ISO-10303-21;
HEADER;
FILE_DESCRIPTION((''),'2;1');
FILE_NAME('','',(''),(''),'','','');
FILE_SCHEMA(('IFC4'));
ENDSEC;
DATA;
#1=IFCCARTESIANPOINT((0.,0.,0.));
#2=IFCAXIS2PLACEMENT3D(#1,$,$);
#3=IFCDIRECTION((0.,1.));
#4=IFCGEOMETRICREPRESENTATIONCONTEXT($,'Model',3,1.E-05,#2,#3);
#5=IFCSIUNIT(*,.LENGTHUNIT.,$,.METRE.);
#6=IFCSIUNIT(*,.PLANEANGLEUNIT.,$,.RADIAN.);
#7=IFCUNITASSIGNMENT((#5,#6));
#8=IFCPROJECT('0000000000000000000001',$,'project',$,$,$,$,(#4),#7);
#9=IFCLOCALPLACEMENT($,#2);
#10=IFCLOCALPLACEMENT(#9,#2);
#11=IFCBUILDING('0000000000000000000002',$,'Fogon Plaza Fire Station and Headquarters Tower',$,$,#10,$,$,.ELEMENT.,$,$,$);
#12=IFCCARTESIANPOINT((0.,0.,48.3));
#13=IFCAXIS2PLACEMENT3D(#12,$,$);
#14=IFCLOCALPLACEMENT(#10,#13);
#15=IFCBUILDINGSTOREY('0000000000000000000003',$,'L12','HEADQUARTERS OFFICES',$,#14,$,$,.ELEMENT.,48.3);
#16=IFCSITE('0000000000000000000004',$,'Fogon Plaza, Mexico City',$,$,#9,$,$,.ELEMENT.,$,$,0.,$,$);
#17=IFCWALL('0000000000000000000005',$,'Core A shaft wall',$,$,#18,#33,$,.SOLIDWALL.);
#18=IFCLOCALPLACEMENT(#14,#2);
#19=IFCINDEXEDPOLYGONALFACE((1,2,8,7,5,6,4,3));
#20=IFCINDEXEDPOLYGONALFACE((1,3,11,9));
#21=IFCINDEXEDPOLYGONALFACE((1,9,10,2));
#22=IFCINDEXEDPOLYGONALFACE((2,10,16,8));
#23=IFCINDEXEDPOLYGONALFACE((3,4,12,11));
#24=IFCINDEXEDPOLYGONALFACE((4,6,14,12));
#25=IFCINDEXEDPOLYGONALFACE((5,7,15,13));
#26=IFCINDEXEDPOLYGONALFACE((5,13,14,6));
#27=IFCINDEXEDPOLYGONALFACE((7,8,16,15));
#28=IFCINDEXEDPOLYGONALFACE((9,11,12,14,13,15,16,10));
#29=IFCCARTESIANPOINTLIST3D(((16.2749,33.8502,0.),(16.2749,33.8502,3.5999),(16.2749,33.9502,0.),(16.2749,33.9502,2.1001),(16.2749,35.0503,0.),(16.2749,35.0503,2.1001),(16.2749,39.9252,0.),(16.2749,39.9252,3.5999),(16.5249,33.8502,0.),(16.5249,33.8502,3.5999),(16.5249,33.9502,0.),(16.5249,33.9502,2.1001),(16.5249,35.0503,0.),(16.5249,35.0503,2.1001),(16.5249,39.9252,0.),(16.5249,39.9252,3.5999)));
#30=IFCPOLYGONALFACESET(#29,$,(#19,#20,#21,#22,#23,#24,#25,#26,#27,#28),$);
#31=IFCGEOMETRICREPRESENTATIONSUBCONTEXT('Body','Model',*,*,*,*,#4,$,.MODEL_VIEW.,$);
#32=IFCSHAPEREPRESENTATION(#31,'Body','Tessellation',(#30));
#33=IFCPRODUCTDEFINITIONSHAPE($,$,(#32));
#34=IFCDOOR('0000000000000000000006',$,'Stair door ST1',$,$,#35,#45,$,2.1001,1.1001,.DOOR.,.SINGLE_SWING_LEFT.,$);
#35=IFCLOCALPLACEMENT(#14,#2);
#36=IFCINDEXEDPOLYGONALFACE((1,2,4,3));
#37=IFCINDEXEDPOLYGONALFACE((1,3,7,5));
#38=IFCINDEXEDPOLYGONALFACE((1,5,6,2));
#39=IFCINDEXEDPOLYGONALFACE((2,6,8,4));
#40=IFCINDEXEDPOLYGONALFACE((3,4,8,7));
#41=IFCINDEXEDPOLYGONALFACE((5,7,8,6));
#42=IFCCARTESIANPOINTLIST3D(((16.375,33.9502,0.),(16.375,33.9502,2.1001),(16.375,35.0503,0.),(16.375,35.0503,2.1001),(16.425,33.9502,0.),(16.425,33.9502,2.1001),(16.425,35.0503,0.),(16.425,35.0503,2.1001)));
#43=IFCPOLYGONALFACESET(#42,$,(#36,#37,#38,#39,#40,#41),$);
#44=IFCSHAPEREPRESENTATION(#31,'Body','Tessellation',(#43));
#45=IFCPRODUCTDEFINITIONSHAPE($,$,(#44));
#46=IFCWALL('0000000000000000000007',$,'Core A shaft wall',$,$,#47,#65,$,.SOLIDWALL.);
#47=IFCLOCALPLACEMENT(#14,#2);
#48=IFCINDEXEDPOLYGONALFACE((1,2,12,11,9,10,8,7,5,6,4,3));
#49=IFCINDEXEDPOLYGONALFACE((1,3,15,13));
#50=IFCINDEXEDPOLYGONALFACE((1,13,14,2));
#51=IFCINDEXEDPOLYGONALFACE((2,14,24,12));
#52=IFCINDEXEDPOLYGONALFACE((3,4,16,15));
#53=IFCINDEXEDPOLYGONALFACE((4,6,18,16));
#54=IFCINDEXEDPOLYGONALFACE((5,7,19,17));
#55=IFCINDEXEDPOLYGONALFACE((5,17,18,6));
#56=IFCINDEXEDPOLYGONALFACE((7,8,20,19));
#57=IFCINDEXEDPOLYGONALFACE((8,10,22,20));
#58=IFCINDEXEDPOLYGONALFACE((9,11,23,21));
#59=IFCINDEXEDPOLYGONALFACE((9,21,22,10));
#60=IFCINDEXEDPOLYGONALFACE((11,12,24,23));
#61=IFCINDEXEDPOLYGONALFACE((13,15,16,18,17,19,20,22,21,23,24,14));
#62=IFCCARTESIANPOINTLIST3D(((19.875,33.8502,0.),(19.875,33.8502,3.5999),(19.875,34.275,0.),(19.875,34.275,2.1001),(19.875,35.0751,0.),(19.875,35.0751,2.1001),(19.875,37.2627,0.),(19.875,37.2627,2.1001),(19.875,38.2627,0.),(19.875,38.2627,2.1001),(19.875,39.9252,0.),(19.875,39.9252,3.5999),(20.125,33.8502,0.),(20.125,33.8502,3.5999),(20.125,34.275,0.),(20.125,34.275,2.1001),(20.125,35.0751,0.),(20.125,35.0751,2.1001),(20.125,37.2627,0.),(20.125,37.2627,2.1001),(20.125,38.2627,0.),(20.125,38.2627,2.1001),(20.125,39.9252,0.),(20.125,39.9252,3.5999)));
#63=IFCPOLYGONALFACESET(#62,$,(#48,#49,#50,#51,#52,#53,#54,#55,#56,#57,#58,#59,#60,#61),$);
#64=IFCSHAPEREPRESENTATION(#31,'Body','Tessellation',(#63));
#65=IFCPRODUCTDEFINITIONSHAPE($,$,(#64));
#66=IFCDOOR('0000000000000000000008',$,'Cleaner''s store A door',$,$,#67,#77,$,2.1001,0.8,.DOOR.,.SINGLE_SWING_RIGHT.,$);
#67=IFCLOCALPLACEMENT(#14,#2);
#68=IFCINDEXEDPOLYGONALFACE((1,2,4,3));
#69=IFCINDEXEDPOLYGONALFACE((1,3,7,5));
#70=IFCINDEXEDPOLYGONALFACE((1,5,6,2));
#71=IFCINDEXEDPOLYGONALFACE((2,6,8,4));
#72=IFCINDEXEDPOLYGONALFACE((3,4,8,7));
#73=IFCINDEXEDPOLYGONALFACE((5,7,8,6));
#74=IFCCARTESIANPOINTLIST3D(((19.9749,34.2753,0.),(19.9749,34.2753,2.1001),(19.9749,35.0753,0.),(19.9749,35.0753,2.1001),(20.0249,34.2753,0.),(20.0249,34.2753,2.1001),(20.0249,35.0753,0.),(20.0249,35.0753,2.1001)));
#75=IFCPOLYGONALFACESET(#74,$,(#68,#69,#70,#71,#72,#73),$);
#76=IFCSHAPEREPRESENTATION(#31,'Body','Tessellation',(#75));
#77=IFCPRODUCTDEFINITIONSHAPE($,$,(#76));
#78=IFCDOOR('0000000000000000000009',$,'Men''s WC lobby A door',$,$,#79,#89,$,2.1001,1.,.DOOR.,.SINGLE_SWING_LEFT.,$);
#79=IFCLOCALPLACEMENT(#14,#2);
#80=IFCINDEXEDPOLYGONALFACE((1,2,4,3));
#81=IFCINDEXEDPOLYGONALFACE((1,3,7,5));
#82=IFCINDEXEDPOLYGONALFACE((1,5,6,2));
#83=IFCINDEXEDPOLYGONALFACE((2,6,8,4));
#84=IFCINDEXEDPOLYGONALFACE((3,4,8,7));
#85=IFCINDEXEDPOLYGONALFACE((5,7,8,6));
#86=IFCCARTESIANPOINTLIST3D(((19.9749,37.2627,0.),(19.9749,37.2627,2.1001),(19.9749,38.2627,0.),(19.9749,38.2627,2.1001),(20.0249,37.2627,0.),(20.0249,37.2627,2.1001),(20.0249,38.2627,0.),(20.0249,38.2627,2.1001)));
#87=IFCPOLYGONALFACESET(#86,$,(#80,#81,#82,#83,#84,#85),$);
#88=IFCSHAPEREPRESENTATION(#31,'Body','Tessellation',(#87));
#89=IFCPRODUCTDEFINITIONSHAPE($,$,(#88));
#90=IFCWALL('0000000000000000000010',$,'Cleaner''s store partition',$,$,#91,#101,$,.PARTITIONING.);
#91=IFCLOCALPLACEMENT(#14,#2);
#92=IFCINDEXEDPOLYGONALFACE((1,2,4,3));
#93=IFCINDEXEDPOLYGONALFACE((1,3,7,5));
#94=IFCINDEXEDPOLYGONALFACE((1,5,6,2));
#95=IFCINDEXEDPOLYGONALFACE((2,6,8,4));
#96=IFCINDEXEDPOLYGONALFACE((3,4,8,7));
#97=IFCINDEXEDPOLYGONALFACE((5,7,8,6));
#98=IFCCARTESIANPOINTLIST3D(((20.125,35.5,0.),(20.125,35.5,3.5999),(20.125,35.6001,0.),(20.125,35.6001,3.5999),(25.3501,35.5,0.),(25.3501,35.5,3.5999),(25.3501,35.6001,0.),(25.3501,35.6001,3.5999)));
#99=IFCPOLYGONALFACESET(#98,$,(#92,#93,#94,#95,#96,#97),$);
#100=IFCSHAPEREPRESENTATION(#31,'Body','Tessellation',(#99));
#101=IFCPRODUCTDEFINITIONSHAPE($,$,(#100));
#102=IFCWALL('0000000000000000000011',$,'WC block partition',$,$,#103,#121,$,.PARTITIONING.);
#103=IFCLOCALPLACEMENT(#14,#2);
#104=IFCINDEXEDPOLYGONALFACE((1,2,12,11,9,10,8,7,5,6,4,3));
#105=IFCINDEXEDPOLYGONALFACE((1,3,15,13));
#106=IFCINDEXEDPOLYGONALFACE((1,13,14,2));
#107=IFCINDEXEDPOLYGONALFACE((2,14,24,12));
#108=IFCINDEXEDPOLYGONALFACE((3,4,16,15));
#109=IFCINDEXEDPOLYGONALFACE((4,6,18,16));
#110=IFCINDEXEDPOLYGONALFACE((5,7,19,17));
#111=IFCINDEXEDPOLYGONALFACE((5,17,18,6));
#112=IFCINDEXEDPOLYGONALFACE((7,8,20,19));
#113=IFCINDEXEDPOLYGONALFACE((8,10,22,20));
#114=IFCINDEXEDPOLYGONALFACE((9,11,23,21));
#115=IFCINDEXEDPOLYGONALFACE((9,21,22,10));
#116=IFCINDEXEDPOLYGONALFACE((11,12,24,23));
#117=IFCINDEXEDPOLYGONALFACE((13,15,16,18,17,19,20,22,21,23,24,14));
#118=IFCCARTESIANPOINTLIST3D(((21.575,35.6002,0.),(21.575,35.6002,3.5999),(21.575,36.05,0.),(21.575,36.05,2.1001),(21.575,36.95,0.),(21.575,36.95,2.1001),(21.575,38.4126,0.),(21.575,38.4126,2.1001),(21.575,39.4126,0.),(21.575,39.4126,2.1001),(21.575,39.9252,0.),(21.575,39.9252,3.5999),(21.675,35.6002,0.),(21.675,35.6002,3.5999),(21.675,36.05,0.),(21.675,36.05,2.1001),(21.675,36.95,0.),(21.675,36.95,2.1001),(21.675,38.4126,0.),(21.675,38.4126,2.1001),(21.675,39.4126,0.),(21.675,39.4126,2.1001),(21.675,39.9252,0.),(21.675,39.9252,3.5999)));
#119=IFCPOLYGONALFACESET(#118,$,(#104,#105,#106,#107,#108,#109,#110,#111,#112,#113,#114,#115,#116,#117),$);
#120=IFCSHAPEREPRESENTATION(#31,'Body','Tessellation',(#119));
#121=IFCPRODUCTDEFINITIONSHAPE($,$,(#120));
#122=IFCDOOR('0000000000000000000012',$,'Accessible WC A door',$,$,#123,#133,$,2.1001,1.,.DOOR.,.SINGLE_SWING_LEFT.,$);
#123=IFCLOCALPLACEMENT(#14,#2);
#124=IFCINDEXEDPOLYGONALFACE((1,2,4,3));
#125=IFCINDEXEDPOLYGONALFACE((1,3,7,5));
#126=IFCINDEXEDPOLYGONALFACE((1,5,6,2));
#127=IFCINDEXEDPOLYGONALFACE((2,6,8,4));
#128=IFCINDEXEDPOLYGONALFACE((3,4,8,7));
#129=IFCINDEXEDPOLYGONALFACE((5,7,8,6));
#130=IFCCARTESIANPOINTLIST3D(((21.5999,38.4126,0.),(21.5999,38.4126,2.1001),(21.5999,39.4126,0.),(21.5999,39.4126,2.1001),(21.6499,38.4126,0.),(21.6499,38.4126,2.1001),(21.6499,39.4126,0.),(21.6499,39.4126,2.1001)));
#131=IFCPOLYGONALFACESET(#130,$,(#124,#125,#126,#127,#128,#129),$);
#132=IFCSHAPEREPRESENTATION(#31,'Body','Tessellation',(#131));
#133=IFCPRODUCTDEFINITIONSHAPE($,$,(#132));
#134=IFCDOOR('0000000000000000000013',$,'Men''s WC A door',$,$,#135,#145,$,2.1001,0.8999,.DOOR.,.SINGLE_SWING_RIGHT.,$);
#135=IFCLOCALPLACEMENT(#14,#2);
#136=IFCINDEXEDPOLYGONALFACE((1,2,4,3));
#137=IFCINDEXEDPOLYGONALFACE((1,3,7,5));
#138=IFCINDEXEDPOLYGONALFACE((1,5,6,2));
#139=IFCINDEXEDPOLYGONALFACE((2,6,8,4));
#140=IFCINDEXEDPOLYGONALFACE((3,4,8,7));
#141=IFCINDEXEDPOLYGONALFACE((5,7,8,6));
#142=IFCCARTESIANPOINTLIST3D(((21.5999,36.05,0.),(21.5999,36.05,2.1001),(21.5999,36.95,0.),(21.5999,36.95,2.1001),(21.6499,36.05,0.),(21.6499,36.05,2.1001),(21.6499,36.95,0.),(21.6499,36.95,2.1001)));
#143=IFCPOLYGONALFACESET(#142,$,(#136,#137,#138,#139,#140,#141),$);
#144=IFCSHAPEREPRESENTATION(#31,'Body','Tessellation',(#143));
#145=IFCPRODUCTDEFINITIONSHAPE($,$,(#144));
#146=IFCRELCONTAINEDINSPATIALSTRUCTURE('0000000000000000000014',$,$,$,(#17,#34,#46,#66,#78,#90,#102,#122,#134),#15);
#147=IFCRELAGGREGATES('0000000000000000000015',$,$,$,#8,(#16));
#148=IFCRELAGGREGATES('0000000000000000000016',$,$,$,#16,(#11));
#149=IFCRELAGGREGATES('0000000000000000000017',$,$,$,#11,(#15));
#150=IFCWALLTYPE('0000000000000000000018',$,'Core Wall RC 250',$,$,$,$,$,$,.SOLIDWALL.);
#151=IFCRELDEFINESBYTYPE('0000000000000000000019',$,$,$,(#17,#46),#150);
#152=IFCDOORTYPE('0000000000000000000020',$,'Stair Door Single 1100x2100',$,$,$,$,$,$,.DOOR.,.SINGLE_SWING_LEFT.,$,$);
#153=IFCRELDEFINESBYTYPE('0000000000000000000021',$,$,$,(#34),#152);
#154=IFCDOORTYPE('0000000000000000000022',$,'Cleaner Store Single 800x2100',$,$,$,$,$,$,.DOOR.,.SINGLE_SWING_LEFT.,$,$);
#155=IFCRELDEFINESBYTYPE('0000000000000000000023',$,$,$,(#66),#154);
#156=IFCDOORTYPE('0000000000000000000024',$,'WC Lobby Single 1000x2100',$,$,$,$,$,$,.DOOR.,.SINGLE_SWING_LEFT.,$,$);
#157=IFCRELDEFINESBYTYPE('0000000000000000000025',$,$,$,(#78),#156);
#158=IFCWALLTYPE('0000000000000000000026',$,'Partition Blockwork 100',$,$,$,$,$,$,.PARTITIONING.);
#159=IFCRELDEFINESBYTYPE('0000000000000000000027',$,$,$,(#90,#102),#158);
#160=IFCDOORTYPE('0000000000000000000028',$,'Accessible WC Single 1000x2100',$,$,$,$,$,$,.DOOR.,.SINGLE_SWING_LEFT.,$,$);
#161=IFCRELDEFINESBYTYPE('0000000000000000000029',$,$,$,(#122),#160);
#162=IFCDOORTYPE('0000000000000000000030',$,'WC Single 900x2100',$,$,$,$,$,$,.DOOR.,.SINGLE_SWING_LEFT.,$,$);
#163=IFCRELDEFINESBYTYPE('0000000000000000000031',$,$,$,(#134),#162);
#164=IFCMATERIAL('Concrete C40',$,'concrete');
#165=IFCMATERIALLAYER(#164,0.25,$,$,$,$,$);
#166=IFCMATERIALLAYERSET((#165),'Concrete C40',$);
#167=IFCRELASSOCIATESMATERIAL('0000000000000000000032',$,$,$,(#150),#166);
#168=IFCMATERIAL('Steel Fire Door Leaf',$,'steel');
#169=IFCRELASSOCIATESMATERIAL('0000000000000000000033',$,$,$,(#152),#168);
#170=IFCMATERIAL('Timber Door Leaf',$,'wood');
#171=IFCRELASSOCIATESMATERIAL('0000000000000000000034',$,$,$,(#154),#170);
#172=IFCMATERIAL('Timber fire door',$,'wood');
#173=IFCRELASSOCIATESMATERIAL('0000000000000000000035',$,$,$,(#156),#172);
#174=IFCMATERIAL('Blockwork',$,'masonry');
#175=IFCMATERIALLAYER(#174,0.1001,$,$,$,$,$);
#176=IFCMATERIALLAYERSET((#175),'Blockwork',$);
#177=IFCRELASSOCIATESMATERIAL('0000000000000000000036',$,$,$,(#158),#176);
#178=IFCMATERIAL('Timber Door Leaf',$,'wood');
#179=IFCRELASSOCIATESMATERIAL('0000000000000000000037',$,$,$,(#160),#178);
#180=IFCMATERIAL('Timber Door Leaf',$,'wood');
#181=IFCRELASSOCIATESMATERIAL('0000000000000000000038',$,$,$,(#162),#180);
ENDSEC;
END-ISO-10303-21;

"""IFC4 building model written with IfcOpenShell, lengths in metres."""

from ifc_helpers import new_model, si_unit, direction, frame, frame_2d, origin, place, context, subcontext, project, spatial, rectangle, extrude, material, layer, layer_set, type_object, element, fill, save


model = new_model("IFC4")

# Units and contexts
model_context = context("Model", 3, precision=1e-05, world=origin(), true_north=direction((0.0, 1.0)))
body_context = subcontext(model_context, "Body", "Model", "MODEL_VIEW")
ifc_project = project(units=[si_unit("LENGTHUNIT", "METRE"), si_unit("PLANEANGLEUNIT", "RADIAN")], contexts=[model_context])

# Site, building, storey
site_placement = place(None, origin())
site = spatial("IfcSite", under=ifc_project, at=site_placement, Name="Fogon Plaza, Mexico City", CompositionType="ELEMENT", RefElevation=0.0)
building_placement = place(site_placement, origin())
building = spatial("IfcBuilding", under=site, at=building_placement, Name="Fogon Plaza Fire Station and Headquarters Tower", CompositionType="ELEMENT")
storey_placement = place(building_placement, frame((0.0, 0.0, 48.3)))
storey = spatial("IfcBuildingStorey", under=building, at=storey_placement, Name="L12", Description="HEADQUARTERS OFFICES", CompositionType="ELEMENT", Elevation=48.3)

# Wall, opening, door
ifc_material_1 = material(Name="Concrete C40", Category="concrete")
ifc_layer_1 = layer(ifc_material_1, 0.25)
ifc_layer_set_1 = layer_set([ifc_layer_1], Name="Concrete C40")
wall_type_1 = type_object("IfcWallType", Name="Core Wall RC 250", PredefinedType="SOLIDWALL", material=ifc_layer_set_1)
wall_1_placement = place(storey_placement, frame((16.3999, 33.8501, 0.0), z_axis=(0.0, 0.0, 1.0), x_axis=(0.0, 1.0, 0.0)))
wall_1 = element("IfcWall", 1, at=wall_1_placement, inside=storey, type_object=wall_type_1, Name="Core A shaft wall", PredefinedType="SOLIDWALL", context=body_context, shape_type="SweptSolid", body=[
    extrude(rectangle(XDim=6.075, YDim=0.25, at=frame_2d((3.0376, 0.0))), origin(), (0.0, 0.0, 1.0), 3.5999),
])
opening_1_placement = place(wall_1_placement, frame((0.1001, 0.0, 0.0)))
opening_1 = element("IfcOpeningElement", 2, at=opening_1_placement, cuts=wall_1, PredefinedType="OPENING", context=body_context, shape_type="SweptSolid", body=[
    extrude(rectangle(XDim=1.1001, YDim=2.1001, at=frame_2d((0.55, 1.05))), frame((0.0, 0.135, 0.0), z_axis=(0.0, -1.0, 0.0), x_axis=(1.0, 0.0, 0.0)), (0.0, 0.0, 1.0), 0.27),
])
ifc_material_2 = material(Name="Steel Fire Door Leaf", Category="steel")
door_type_1 = type_object("IfcDoorType", Name="Stair Door Single 1100x2100", OperationType="SINGLE_SWING_LEFT", PredefinedType="DOOR", material=ifc_material_2)
door_1_placement = place(opening_1_placement, origin())
door_1 = element("IfcDoor", 3, at=door_1_placement, inside=storey, type_object=door_type_1, Name="Stair door ST1", OperationType="SINGLE_SWING_LEFT", OverallHeight=2.1001, OverallWidth=1.1001, PredefinedType="DOOR", context=body_context, shape_type="SweptSolid", body=[
    extrude(rectangle(XDim=1.1001, YDim=2.1001, at=frame_2d((0.55, 1.05))), frame((0.0, 0.0249, 0.0), z_axis=(0.0, -1.0, 0.0), x_axis=(1.0, 0.0, 0.0)), (0.0, 0.0, 1.0), 0.05),
])
fill(opening_1, door_1)

# Wall, openings, doors
wall_2_placement = place(storey_placement, frame((20.0, 33.8501, 0.0), z_axis=(0.0, 0.0, 1.0), x_axis=(0.0, 1.0, 0.0)))
wall_2 = element("IfcWall", 4, at=wall_2_placement, inside=storey, type_object=wall_type_1, Name="Core A shaft wall", PredefinedType="SOLIDWALL", context=body_context, shape_type="SweptSolid", body=[
    extrude(rectangle(XDim=6.075, YDim=0.25, at=frame_2d((3.0376, 0.0))), origin(), (0.0, 0.0, 1.0), 3.5999),
])
opening_2_placement = place(wall_2_placement, frame((0.425, 0.0, 0.0)))
opening_2 = element("IfcOpeningElement", 5, at=opening_2_placement, cuts=wall_2, PredefinedType="OPENING", context=body_context, shape_type="SweptSolid", body=[
    extrude(rectangle(XDim=0.8, YDim=2.1001, at=frame_2d((0.3999, 1.05))), frame((0.0, 0.135, 0.0), z_axis=(0.0, -1.0, 0.0), x_axis=(1.0, 0.0, 0.0)), (0.0, 0.0, 1.0), 0.27),
])
opening_3_placement = place(wall_2_placement, frame((3.4126, 0.0, 0.0)))
opening_3 = element("IfcOpeningElement", 6, at=opening_3_placement, cuts=wall_2, PredefinedType="OPENING", context=body_context, shape_type="SweptSolid", body=[
    extrude(rectangle(XDim=1.0, YDim=2.1001, at=frame_2d((0.5, 1.05))), frame((0.0, 0.135, 0.0), z_axis=(0.0, -1.0, 0.0), x_axis=(1.0, 0.0, 0.0)), (0.0, 0.0, 1.0), 0.27),
])
ifc_material_3 = material(Name="Timber Door Leaf", Category="wood")
door_type_2 = type_object("IfcDoorType", Name="Cleaner Store Single 800x2100", OperationType="SINGLE_SWING_LEFT", PredefinedType="DOOR", material=ifc_material_3)
door_2_placement = place(opening_2_placement, frame((0.8, 0.0, 0.0), z_axis=(0.0, 0.0, 1.0), x_axis=(-1.0, 0.0, 0.0)))
door_2 = element("IfcDoor", 7, at=door_2_placement, inside=storey, type_object=door_type_2, Name="Cleaner's store A door", OperationType="SINGLE_SWING_RIGHT", OverallHeight=2.1001, OverallWidth=0.8, PredefinedType="DOOR", context=body_context, shape_type="SweptSolid", body=[
    extrude(rectangle(XDim=0.8, YDim=2.1001, at=frame_2d((0.3999, 1.05))), frame((0.0, 0.0249, 0.0), z_axis=(0.0, -1.0, 0.0), x_axis=(1.0, 0.0, 0.0)), (0.0, 0.0, 1.0), 0.05),
])
fill(opening_2, door_2)
ifc_material_4 = material(Name="Timber fire door", Category="wood")
door_type_3 = type_object("IfcDoorType", Name="WC Lobby Single 1000x2100", OperationType="SINGLE_SWING_LEFT", PredefinedType="DOOR", material=ifc_material_4)
door_3_placement = place(opening_3_placement, frame((1.0, 0.0, 0.0), z_axis=(0.0, 0.0, 1.0), x_axis=(-1.0, 0.0, 0.0)))
door_3 = element("IfcDoor", 8, at=door_3_placement, inside=storey, type_object=door_type_3, Name="Men's WC lobby A door", OperationType="SINGLE_SWING_LEFT", OverallHeight=2.1001, OverallWidth=1.0, PredefinedType="DOOR", context=body_context, shape_type="SweptSolid", body=[
    extrude(rectangle(XDim=1.0, YDim=2.1001, at=frame_2d((0.5, 1.05))), frame((0.0, 0.0249, 0.0), z_axis=(0.0, -1.0, 0.0), x_axis=(1.0, 0.0, 0.0)), (0.0, 0.0, 1.0), 0.05),
])
fill(opening_3, door_3)

# Wall
ifc_material_5 = material(Name="Blockwork", Category="masonry")
ifc_layer_2 = layer(ifc_material_5, 0.1001)
ifc_layer_set_2 = layer_set([ifc_layer_2], Name="Blockwork")
wall_type_2 = type_object("IfcWallType", Name="Partition Blockwork 100", PredefinedType="PARTITIONING", material=ifc_layer_set_2)
wall_3_placement = place(storey_placement, frame((20.125, 35.55, 0.0), z_axis=(0.0, 0.0, 1.0), x_axis=(1.0, 0.0, 0.0)))
element("IfcWall", 9, at=wall_3_placement, inside=storey, type_object=wall_type_2, Name="Cleaner's store partition", PredefinedType="PARTITIONING", context=body_context, shape_type="SweptSolid", body=[
    extrude(rectangle(XDim=5.2251, YDim=0.1001, at=frame_2d((2.6125, 0.0))), origin(), (0.0, 0.0, 1.0), 3.5999),
])

# Wall, openings, doors
wall_4_placement = place(storey_placement, frame((21.625, 35.6001, 0.0), z_axis=(0.0, 0.0, 1.0), x_axis=(0.0, 1.0, 0.0)))
wall_4 = element("IfcWall", 10, at=wall_4_placement, inside=storey, type_object=wall_type_2, Name="WC block partition", PredefinedType="PARTITIONING", context=body_context, shape_type="SweptSolid", body=[
    extrude(rectangle(XDim=4.325, YDim=0.1001, at=frame_2d((2.1626, 0.0))), origin(), (0.0, 0.0, 1.0), 3.5999),
])
opening_4_placement = place(wall_4_placement, frame((0.45, 0.0, 0.0)))
opening_4 = element("IfcOpeningElement", 11, at=opening_4_placement, cuts=wall_4, PredefinedType="OPENING", context=body_context, shape_type="SweptSolid", body=[
    extrude(rectangle(XDim=0.8999, YDim=2.1001, at=frame_2d((0.45, 1.05))), frame((0.0, 0.0601, 0.0), z_axis=(0.0, -1.0, 0.0), x_axis=(1.0, 0.0, 0.0)), (0.0, 0.0, 1.0), 0.1201),
])
opening_5_placement = place(wall_4_placement, frame((2.8125, 0.0, 0.0)))
opening_5 = element("IfcOpeningElement", 12, at=opening_5_placement, cuts=wall_4, PredefinedType="OPENING", context=body_context, shape_type="SweptSolid", body=[
    extrude(rectangle(XDim=1.0, YDim=2.1001, at=frame_2d((0.5, 1.05))), frame((0.0, 0.0601, 0.0), z_axis=(0.0, -1.0, 0.0), x_axis=(1.0, 0.0, 0.0)), (0.0, 0.0, 1.0), 0.1201),
])
ifc_material_6 = material(Name="Timber Door Leaf", Category="wood")
door_type_4 = type_object("IfcDoorType", Name="Accessible WC Single 1000x2100", OperationType="SINGLE_SWING_LEFT", PredefinedType="DOOR", material=ifc_material_6)
door_4_placement = place(opening_5_placement, frame((1.0, 0.0, 0.0), z_axis=(0.0, 0.0, 1.0), x_axis=(-1.0, 0.0, 0.0)))
door_4 = element("IfcDoor", 13, at=door_4_placement, inside=storey, type_object=door_type_4, Name="Accessible WC A door", OperationType="SINGLE_SWING_LEFT", OverallHeight=2.1001, OverallWidth=1.0, PredefinedType="DOOR", context=body_context, shape_type="SweptSolid", body=[
    extrude(rectangle(XDim=1.0, YDim=2.1001, at=frame_2d((0.5, 1.05))), frame((0.0, 0.0249, 0.0), z_axis=(0.0, -1.0, 0.0), x_axis=(1.0, 0.0, 0.0)), (0.0, 0.0, 1.0), 0.05),
])
fill(opening_5, door_4)
ifc_material_7 = material(Name="Timber Door Leaf", Category="wood")
door_type_5 = type_object("IfcDoorType", Name="WC Single 900x2100", OperationType="SINGLE_SWING_LEFT", PredefinedType="DOOR", material=ifc_material_7)
door_5_placement = place(opening_4_placement, frame((0.8999, 0.0, 0.0), z_axis=(0.0, 0.0, 1.0), x_axis=(-1.0, 0.0, 0.0)))
door_5 = element("IfcDoor", 14, at=door_5_placement, inside=storey, type_object=door_type_5, Name="Men's WC A door", OperationType="SINGLE_SWING_RIGHT", OverallHeight=2.1001, OverallWidth=0.8999, PredefinedType="DOOR", context=body_context, shape_type="SweptSolid", body=[
    extrude(rectangle(XDim=0.8999, YDim=2.1001, at=frame_2d((0.45, 1.05))), frame((0.0, 0.0249, 0.0), z_axis=(0.0, -1.0, 0.0), x_axis=(1.0, 0.0, 0.0)), (0.0, 0.0, 1.0), 0.05),
])
fill(opening_4, door_5)

save(model, "model.ifc")
